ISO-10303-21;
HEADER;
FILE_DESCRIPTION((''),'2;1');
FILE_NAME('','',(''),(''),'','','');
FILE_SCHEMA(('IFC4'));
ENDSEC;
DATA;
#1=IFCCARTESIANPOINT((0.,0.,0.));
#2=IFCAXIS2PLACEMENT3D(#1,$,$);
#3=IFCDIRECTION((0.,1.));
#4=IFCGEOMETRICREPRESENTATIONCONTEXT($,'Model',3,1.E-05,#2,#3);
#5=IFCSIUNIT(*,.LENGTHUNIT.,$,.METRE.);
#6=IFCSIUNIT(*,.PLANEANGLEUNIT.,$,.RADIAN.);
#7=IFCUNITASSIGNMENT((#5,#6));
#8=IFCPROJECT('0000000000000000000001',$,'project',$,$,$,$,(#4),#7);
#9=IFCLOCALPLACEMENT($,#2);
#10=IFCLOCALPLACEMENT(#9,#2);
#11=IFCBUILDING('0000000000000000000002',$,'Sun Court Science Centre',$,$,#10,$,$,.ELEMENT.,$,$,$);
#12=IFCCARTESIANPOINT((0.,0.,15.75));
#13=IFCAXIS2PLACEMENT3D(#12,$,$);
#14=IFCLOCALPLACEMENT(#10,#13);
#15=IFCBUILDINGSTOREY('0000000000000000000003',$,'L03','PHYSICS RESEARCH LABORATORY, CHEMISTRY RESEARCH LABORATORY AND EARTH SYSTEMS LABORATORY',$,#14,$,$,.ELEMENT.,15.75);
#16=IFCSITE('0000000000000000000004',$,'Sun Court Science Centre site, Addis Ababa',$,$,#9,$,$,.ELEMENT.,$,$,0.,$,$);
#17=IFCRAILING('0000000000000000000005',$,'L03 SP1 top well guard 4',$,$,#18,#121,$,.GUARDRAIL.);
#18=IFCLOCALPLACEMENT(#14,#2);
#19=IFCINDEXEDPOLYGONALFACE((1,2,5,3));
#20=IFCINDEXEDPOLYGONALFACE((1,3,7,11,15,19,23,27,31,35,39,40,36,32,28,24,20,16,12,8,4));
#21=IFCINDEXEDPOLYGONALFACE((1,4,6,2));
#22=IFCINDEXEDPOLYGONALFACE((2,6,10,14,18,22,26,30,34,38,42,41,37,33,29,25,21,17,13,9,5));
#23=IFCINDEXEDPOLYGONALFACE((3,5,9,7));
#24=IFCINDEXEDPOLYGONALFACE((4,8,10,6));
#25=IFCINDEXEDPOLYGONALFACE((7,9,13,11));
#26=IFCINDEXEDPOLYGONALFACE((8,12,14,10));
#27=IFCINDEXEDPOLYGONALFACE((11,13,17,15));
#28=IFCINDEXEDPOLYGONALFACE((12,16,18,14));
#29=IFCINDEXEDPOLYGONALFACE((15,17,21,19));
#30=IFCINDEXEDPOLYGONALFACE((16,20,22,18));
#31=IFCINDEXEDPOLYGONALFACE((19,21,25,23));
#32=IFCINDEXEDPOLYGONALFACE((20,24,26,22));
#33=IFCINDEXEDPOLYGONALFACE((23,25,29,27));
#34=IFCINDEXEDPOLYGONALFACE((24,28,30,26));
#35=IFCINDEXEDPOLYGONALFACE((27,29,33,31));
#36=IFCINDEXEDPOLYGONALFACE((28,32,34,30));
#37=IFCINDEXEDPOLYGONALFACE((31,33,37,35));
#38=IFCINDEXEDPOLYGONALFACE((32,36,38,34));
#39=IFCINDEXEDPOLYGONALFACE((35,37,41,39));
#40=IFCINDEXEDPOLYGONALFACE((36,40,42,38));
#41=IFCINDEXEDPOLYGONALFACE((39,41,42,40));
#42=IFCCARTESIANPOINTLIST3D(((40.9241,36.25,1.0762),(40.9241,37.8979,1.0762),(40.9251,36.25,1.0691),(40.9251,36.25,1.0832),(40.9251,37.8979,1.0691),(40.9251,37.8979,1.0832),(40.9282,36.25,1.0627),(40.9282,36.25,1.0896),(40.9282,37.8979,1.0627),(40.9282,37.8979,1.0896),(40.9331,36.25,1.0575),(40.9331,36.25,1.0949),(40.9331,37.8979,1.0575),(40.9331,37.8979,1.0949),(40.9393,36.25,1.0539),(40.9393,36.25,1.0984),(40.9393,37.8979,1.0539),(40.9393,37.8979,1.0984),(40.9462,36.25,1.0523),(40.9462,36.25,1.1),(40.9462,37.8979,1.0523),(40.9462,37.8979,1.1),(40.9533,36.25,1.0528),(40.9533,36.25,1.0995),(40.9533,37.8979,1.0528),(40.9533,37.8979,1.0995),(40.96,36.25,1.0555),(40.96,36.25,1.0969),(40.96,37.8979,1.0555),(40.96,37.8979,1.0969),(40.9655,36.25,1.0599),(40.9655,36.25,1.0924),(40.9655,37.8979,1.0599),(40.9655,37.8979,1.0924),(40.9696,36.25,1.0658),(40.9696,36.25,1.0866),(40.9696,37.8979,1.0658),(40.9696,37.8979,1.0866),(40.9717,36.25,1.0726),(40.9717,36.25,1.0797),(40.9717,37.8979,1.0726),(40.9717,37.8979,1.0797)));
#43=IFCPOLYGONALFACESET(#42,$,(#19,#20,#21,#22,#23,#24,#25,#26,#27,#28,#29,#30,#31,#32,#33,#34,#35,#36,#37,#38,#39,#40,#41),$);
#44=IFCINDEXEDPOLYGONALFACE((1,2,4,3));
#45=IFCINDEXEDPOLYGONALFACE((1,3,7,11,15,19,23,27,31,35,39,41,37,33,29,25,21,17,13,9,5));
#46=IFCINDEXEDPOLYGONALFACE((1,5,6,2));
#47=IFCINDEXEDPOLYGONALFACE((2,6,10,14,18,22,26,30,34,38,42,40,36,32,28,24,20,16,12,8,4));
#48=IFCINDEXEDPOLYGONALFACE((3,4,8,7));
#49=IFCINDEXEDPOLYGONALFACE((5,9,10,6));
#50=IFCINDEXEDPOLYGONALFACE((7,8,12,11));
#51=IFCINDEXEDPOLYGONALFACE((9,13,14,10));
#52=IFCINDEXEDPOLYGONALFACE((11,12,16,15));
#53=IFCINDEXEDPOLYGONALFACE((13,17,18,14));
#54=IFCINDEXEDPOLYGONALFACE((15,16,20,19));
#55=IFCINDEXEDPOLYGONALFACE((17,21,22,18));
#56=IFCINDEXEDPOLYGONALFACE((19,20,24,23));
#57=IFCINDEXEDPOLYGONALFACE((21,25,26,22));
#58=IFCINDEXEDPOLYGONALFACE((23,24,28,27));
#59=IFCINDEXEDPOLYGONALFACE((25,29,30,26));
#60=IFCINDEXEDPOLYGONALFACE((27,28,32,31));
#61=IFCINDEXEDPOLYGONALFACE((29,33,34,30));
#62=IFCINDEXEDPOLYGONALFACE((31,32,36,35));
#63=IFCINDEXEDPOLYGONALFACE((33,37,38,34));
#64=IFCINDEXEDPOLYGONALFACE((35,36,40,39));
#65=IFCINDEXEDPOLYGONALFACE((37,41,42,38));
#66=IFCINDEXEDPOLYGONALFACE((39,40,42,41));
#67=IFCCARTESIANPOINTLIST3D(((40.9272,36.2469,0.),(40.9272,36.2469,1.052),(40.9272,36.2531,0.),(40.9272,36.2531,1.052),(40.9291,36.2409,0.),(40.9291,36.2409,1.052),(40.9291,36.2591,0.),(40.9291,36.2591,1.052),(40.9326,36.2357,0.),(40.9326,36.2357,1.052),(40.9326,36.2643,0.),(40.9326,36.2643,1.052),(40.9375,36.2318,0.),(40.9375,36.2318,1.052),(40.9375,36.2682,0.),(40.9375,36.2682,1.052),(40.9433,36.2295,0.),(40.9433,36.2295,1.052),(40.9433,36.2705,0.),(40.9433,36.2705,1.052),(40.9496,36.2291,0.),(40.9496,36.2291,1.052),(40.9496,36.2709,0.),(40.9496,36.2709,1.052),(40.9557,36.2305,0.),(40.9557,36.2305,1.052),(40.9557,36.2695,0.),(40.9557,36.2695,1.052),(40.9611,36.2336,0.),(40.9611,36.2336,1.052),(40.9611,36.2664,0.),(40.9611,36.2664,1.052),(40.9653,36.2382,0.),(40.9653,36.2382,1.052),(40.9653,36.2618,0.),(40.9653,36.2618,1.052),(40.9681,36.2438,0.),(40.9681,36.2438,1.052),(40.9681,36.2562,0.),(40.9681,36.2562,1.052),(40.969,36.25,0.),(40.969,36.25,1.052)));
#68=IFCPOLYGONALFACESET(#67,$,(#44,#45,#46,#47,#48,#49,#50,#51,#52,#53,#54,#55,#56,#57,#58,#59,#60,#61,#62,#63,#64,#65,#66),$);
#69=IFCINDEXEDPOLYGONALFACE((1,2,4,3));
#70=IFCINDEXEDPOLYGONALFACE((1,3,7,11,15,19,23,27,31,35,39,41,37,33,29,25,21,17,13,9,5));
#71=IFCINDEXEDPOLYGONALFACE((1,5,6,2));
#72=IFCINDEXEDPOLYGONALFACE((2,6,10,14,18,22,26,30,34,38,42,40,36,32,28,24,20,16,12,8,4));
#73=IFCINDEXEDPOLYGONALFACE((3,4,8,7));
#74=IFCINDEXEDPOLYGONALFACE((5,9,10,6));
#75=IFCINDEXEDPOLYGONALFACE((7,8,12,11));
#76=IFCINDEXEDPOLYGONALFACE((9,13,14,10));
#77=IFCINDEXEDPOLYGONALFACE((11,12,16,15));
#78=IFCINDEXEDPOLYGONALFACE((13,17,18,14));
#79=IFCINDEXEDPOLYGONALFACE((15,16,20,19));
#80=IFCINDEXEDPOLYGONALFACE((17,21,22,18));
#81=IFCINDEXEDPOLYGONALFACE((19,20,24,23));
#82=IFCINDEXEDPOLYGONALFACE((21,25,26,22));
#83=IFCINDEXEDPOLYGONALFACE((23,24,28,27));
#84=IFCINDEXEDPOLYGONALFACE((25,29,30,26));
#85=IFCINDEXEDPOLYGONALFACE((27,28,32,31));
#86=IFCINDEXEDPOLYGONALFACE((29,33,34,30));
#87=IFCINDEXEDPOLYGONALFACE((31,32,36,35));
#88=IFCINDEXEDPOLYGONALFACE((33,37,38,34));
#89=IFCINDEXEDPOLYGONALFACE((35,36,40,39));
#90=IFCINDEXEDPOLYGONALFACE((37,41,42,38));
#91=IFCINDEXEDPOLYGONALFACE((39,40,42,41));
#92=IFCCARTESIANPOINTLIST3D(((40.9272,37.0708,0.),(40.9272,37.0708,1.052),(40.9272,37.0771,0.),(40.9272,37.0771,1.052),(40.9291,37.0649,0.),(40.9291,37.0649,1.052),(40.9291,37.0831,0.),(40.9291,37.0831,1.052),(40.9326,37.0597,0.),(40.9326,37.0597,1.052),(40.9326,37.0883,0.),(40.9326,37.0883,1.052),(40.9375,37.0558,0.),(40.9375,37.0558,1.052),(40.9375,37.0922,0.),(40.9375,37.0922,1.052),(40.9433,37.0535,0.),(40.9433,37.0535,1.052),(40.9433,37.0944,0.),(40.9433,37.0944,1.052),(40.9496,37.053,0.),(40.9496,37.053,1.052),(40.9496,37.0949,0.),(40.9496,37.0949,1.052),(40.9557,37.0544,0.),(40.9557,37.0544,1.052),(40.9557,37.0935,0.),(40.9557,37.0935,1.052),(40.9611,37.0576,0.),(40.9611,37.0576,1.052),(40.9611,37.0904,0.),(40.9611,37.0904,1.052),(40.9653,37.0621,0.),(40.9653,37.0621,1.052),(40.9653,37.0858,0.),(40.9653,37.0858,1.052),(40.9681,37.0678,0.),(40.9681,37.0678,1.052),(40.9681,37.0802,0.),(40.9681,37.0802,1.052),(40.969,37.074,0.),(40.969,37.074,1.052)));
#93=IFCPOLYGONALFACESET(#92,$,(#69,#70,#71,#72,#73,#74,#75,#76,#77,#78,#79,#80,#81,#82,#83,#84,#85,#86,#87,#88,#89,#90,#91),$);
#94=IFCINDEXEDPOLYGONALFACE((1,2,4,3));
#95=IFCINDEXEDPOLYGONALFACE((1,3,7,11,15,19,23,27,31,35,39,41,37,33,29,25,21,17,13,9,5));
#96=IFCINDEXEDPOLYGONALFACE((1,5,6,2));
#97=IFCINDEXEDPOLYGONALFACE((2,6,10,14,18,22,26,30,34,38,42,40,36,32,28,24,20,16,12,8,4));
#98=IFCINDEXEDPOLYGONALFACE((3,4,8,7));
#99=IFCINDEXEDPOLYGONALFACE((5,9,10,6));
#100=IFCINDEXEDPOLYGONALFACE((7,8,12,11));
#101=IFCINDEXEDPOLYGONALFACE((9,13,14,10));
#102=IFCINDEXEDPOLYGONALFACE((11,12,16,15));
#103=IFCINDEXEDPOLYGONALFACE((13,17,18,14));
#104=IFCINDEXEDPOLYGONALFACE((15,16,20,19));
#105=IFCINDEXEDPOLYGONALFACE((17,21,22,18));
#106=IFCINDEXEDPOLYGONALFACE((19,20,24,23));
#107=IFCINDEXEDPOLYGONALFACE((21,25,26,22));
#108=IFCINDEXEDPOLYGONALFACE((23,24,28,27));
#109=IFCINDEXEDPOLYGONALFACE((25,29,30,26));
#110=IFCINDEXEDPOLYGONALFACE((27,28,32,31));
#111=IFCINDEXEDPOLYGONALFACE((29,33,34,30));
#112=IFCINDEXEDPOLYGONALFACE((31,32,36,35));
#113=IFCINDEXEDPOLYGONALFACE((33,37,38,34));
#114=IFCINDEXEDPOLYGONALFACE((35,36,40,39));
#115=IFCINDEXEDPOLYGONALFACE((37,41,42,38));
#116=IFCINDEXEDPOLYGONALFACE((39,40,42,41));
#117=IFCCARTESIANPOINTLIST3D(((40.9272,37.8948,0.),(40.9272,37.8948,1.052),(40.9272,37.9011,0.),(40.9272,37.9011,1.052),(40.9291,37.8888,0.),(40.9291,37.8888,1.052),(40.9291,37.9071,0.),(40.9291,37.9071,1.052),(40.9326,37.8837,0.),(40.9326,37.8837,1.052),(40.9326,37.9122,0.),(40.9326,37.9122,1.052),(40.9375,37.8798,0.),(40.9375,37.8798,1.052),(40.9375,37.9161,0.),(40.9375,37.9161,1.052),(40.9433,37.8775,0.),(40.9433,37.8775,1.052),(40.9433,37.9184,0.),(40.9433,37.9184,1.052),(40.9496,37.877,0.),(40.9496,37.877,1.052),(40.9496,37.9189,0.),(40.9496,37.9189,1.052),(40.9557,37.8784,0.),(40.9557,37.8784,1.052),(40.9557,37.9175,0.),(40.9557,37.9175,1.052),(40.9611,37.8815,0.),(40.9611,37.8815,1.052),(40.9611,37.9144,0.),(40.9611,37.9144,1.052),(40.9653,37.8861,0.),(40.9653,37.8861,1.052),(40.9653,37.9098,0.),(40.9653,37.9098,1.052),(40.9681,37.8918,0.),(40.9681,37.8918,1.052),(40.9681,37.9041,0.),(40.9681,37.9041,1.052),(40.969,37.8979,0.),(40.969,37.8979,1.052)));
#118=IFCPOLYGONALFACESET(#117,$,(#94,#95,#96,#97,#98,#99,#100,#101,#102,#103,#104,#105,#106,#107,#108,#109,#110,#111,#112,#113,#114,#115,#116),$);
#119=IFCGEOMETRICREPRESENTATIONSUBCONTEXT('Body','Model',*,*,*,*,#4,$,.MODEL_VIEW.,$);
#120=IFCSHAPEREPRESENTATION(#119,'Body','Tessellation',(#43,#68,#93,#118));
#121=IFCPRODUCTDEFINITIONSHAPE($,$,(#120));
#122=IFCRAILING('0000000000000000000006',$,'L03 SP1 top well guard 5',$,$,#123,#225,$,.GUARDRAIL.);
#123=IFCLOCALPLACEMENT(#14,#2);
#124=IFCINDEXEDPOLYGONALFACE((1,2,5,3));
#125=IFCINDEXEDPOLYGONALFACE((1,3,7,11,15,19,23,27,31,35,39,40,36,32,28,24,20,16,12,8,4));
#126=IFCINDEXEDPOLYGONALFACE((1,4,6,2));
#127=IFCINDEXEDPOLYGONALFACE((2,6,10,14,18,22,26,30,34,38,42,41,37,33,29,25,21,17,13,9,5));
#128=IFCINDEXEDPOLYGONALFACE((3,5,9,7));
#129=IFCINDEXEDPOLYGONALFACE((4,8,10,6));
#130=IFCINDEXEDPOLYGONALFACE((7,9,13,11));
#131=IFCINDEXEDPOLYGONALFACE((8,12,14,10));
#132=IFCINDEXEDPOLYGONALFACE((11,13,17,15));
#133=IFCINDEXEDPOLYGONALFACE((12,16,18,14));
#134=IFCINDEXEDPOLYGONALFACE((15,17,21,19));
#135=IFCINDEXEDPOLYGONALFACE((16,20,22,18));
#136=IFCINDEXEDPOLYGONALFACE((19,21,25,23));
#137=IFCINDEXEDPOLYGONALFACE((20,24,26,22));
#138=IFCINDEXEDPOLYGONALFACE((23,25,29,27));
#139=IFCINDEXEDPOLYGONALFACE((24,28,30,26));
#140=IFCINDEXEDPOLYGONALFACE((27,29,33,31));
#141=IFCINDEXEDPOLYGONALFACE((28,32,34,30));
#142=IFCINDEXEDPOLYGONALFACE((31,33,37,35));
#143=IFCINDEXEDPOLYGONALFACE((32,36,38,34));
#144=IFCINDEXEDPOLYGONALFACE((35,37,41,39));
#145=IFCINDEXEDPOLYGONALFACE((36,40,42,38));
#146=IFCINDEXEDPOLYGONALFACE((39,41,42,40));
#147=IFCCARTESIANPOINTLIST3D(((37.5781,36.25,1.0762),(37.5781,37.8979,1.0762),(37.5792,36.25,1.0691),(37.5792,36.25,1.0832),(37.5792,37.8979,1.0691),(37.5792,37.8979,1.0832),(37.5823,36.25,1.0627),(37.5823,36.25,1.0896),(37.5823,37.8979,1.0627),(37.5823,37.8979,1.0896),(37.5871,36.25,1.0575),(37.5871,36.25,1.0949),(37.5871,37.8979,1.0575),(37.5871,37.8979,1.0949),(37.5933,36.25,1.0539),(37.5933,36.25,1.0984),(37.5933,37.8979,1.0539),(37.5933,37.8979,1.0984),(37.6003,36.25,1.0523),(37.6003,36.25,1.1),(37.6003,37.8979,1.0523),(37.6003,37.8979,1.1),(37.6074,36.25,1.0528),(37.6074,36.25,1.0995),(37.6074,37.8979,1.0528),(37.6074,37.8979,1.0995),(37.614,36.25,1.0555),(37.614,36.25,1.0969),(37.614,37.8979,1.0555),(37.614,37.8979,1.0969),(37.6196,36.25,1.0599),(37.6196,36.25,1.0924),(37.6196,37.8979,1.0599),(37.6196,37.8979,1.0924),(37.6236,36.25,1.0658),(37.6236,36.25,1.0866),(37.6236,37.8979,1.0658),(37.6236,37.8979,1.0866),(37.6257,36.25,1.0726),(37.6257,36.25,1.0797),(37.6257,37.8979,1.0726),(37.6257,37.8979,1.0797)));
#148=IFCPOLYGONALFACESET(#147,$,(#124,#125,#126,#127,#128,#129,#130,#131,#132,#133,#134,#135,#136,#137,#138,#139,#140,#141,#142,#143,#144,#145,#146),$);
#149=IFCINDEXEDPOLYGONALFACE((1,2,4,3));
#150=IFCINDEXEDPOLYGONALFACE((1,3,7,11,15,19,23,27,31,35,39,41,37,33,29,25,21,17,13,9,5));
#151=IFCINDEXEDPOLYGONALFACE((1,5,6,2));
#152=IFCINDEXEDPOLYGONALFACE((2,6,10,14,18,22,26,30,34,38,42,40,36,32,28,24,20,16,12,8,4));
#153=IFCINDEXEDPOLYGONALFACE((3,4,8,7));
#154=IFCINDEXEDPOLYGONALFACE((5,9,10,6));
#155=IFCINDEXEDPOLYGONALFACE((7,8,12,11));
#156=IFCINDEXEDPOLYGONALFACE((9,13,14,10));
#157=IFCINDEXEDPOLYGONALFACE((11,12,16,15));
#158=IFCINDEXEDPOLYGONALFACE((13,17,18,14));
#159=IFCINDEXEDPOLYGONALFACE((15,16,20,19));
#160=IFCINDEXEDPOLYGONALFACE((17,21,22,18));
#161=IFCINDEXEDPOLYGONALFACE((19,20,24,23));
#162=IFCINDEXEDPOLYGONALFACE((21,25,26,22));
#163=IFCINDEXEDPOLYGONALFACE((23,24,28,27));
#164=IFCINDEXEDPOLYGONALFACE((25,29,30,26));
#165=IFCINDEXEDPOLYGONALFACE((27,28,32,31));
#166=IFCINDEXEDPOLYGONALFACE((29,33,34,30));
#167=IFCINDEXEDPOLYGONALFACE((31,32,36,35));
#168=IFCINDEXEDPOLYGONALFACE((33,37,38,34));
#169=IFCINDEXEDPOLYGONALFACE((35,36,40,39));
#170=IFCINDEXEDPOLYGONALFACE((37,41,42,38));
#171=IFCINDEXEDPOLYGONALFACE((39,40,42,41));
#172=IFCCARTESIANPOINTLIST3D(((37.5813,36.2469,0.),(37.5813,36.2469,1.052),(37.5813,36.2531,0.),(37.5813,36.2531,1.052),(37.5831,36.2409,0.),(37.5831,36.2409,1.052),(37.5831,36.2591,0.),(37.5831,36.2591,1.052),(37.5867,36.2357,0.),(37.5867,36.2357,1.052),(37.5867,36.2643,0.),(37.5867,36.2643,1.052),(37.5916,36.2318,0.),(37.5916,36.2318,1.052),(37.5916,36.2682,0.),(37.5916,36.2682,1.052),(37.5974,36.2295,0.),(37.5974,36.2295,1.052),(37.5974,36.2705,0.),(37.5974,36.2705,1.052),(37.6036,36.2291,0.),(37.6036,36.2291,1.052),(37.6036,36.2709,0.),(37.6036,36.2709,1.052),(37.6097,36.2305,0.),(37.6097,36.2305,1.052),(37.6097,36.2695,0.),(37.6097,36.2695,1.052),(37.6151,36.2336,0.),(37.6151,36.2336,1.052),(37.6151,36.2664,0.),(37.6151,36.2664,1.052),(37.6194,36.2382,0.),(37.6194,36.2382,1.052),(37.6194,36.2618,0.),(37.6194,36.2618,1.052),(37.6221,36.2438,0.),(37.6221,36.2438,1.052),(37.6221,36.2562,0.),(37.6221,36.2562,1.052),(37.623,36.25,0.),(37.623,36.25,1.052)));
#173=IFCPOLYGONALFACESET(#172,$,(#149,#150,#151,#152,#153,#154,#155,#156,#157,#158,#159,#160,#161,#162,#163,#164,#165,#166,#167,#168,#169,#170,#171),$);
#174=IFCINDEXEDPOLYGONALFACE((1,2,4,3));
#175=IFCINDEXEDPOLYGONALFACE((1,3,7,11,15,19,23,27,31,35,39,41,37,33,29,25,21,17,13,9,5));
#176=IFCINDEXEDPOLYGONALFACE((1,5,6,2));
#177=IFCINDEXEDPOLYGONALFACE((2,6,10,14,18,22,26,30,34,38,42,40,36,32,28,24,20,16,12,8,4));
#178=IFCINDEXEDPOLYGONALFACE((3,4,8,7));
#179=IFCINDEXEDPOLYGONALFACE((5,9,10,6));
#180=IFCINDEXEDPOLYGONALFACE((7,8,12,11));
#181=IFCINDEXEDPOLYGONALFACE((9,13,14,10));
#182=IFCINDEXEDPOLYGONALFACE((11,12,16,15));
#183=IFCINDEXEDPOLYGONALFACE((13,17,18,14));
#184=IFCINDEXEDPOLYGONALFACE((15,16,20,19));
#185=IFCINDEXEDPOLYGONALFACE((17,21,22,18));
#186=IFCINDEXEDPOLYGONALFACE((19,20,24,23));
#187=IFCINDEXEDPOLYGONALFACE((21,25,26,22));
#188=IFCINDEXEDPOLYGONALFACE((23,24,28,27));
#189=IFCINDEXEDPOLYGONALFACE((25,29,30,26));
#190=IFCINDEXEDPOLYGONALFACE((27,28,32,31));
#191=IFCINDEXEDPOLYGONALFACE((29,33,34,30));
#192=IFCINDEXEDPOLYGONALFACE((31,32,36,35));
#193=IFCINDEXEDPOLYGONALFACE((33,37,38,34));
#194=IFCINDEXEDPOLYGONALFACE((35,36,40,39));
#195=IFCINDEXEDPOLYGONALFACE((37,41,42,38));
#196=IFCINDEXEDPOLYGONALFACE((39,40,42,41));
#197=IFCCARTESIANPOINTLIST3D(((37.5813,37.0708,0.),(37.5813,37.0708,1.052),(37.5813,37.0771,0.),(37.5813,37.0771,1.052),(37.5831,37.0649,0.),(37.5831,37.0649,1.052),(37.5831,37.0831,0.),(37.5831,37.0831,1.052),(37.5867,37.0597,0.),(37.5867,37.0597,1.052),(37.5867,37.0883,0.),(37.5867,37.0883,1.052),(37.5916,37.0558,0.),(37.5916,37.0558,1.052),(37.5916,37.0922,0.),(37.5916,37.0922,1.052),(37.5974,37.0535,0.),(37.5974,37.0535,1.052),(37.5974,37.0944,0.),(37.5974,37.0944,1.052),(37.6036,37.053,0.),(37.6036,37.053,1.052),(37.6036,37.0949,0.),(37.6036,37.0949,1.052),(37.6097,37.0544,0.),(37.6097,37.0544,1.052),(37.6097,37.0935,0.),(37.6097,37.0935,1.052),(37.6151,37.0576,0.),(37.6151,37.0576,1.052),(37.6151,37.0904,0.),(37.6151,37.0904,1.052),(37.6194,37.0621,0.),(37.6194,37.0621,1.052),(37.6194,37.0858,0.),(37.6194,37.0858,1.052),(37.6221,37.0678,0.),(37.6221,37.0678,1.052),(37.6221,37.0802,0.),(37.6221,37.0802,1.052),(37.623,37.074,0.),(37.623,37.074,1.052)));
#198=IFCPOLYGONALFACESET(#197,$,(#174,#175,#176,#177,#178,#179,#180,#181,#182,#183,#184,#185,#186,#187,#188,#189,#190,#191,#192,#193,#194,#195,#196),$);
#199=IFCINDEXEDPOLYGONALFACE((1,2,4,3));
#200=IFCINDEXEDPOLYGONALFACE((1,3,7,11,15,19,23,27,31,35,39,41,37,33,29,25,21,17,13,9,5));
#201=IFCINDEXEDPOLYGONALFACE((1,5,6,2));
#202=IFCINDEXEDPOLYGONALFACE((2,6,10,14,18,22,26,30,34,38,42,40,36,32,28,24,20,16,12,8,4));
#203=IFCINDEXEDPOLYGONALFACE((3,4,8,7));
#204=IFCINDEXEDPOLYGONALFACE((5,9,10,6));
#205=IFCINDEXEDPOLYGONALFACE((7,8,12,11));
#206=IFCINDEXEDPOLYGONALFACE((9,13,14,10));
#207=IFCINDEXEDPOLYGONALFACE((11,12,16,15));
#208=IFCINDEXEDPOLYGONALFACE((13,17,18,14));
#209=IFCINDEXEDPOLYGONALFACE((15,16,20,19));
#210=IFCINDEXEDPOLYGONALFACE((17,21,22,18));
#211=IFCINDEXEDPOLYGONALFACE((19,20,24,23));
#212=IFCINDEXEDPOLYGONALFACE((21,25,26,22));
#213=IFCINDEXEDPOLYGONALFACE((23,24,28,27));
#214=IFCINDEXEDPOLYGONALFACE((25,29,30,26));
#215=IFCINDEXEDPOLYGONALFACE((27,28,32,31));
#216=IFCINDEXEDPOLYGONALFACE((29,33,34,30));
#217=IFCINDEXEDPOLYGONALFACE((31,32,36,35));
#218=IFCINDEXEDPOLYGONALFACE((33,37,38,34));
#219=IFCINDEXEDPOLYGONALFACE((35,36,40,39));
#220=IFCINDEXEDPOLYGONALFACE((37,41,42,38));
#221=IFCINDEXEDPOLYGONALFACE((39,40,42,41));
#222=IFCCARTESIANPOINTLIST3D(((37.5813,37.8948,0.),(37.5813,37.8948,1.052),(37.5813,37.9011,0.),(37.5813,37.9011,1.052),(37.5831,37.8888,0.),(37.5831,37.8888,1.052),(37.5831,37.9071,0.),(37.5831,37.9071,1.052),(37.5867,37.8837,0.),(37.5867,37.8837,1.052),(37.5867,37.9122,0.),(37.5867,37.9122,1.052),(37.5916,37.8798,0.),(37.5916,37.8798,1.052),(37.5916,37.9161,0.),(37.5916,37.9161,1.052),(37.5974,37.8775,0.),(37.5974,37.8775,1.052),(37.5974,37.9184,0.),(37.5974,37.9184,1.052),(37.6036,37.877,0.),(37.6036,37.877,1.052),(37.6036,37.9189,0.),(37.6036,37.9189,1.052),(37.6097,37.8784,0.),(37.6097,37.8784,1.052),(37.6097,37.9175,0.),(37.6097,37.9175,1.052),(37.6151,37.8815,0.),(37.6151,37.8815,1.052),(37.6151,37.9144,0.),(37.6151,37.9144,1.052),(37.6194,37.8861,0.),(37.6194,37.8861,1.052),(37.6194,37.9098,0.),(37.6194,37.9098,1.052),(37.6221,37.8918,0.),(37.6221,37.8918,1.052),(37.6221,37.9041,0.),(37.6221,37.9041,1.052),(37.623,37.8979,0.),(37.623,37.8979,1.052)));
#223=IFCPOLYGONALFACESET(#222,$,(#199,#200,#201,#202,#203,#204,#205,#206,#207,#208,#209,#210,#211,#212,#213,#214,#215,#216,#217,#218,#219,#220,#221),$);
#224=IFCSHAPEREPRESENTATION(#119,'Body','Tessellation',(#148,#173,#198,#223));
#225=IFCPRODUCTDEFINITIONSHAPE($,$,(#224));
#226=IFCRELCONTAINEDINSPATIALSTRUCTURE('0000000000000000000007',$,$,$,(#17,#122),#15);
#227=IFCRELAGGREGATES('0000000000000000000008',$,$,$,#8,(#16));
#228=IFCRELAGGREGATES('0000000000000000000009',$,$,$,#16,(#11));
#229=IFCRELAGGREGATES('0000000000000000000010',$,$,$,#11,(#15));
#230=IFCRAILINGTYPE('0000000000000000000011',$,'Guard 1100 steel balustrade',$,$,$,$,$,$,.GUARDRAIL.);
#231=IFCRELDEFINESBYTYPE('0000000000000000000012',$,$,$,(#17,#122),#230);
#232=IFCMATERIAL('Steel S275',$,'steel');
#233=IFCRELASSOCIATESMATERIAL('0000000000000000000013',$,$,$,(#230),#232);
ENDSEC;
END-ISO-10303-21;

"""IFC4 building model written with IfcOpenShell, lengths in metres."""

from ifc_helpers import new_model, si_unit, direction, frame, origin, origin_2d, place, context, subcontext, project, spatial, circle, extrude, material, type_object, element, save


model = new_model("IFC4")

# Units and contexts
model_context = context("Model", 3, precision=1e-05, world=origin(), true_north=direction((0.0, 1.0)))
body_context = subcontext(model_context, "Body", "Model", "MODEL_VIEW")
ifc_project = project(units=[si_unit("LENGTHUNIT", "METRE"), si_unit("PLANEANGLEUNIT", "RADIAN")], contexts=[model_context])

# Site, building, storey
site_placement = place(None, origin())
site = spatial("IfcSite", under=ifc_project, at=site_placement, Name="Sun Court Science Centre site, Addis Ababa", CompositionType="ELEMENT", RefElevation=0.0)
building_placement = place(site_placement, origin())
building = spatial("IfcBuilding", under=site, at=building_placement, Name="Sun Court Science Centre", CompositionType="ELEMENT")
storey_placement = place(building_placement, frame((0.0, 0.0, 15.75)))
storey = spatial("IfcBuildingStorey", under=building, at=storey_placement, Name="L03", Description="PHYSICS RESEARCH LABORATORY, CHEMISTRY RESEARCH LABORATORY AND EARTH SYSTEMS LABORATORY", CompositionType="ELEMENT", Elevation=15.75)

# Railings
ifc_material_1 = material(Name="Steel S275", Category="steel")
railing_type = type_object("IfcRailingType", Name="Guard 1100 steel balustrade", PredefinedType="GUARDRAIL", material=ifc_material_1)
for number, where, name in (
    (1, (40.948, 36.25, 0.0), "L03 SP1 top well guard 4"),
    (2, (37.6021, 36.25, 0.0), "L03 SP1 top well guard 5"),
):
    element("IfcRailing", number, at=place(storey_placement, frame(where)), inside=storey, type_object=railing_type, Name=name, PredefinedType="GUARDRAIL", context=body_context, shape_type="SweptSolid", body=[
        extrude(circle(Radius=0.0239, at=origin_2d()), frame((0.0, 0.0, 1.0762), z_axis=(0.0, 1.0, 0.0), x_axis=(-1.0, 0.0, 0.0)), (0.0, 0.0, 1.0), 1.6479),
        extrude(circle(Radius=0.021, at=origin_2d()), origin(), (0.0, 0.0, 1.0), 1.052),
        extrude(circle(Radius=0.021, at=origin_2d()), frame((0.0, 0.824, 0.0)), (0.0, 0.0, 1.0), 1.052),
        extrude(circle(Radius=0.021, at=origin_2d()), frame((0.0, 1.6479, 0.0)), (0.0, 0.0, 1.0), 1.052),
    ])

save(model, "model.ifc")
